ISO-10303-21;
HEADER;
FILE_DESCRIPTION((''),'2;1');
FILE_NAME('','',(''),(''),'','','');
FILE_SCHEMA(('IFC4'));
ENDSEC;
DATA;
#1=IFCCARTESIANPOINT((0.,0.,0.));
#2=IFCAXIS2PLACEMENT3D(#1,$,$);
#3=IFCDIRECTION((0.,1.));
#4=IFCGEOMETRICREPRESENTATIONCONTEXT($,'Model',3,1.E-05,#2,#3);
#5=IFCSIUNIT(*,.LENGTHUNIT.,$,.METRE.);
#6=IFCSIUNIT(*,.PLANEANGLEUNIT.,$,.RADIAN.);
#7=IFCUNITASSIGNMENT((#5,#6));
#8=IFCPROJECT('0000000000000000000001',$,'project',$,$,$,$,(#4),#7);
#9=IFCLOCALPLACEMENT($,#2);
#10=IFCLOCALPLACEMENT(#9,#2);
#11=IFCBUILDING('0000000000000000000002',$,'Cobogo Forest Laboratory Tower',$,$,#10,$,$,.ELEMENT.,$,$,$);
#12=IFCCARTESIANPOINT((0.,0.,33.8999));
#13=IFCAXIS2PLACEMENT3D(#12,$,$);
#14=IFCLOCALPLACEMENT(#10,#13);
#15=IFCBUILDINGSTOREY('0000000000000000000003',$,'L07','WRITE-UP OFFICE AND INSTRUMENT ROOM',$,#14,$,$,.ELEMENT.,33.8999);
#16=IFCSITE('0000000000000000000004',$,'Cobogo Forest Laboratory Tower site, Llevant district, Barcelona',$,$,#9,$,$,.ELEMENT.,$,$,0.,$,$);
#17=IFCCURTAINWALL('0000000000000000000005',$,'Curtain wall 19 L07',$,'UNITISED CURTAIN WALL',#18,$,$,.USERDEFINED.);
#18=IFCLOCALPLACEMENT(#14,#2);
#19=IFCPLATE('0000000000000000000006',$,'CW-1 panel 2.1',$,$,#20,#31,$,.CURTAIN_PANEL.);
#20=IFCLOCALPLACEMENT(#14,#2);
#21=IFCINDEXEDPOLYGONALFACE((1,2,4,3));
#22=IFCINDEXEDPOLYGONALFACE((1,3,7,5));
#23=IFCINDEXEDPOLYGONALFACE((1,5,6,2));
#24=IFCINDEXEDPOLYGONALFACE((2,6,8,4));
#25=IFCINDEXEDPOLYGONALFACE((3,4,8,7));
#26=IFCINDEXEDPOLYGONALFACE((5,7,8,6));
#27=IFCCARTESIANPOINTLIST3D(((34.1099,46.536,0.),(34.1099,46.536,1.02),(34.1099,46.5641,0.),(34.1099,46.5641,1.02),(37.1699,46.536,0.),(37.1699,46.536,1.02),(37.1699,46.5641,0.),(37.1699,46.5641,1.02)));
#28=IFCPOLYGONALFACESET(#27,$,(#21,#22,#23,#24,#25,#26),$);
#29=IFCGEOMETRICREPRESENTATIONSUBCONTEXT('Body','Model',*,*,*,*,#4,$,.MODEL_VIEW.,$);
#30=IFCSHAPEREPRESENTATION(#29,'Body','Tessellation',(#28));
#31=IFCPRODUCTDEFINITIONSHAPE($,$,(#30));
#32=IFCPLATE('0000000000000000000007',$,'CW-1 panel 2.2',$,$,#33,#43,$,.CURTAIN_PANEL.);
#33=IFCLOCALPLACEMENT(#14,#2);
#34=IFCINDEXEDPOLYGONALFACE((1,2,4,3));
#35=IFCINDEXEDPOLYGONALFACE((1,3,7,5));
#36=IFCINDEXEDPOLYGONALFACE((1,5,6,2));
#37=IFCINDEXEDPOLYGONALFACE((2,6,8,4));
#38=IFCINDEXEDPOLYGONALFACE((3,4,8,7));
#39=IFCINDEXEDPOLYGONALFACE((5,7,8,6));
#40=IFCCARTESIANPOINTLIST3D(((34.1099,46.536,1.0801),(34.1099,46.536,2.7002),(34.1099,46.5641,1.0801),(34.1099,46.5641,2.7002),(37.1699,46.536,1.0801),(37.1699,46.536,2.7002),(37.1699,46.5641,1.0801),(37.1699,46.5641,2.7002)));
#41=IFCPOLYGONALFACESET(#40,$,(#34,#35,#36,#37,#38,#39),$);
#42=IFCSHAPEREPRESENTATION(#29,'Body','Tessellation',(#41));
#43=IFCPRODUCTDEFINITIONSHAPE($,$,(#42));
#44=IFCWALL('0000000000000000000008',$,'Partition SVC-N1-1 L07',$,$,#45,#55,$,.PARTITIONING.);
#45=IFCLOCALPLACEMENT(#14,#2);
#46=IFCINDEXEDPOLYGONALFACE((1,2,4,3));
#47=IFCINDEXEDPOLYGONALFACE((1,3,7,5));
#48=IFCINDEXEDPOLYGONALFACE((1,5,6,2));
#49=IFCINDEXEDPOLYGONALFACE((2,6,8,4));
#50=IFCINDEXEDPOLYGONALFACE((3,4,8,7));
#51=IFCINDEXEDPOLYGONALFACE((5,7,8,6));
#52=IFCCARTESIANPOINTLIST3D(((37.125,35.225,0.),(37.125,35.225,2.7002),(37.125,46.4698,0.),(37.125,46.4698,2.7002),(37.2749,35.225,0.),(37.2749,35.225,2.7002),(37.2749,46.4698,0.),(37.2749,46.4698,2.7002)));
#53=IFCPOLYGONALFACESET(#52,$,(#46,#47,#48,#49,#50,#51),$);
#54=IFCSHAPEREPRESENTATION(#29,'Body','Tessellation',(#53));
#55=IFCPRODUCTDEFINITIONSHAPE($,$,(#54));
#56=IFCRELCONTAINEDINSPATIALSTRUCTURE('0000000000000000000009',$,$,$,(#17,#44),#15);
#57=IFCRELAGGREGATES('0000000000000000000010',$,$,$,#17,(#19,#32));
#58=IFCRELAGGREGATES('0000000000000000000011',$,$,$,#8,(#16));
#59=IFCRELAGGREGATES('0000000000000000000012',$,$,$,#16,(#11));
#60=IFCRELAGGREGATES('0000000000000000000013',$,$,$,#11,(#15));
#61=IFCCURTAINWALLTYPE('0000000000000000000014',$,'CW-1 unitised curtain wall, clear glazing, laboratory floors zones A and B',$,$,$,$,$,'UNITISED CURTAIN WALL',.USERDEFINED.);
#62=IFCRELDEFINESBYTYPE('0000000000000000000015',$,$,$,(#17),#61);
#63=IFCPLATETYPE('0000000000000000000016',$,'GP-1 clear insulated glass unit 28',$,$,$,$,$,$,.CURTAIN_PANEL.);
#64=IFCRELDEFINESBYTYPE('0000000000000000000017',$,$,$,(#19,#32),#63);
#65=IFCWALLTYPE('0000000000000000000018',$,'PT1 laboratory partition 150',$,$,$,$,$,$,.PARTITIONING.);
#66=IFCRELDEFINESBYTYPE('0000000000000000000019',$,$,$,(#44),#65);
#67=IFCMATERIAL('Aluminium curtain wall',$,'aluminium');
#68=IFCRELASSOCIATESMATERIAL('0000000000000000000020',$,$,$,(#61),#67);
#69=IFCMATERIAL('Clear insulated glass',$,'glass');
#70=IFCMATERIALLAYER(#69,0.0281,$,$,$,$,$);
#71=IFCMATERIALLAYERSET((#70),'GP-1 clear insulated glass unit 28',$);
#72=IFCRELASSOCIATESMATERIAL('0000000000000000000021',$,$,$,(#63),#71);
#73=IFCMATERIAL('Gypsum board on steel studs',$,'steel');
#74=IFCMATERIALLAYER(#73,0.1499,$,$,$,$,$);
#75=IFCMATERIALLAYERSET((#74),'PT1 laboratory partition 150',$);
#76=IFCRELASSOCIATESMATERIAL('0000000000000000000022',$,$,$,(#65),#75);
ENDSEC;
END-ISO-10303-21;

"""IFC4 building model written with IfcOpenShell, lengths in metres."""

from ifc_helpers import new_model, si_unit, direction, frame, frame_2d, origin, origin_2d, place, context, subcontext, project, spatial, rectangle, extrude, material, layer, layer_set, type_object, element, aggregate, save


model = new_model("IFC4")

# Units and contexts
model_context = context("Model", 3, precision=1e-05, world=origin(), true_north=direction((0.0, 1.0)))
body_context = subcontext(model_context, "Body", "Model", "MODEL_VIEW")
ifc_project = project(units=[si_unit("LENGTHUNIT", "METRE"), si_unit("PLANEANGLEUNIT", "RADIAN")], contexts=[model_context])

# Site, building, storey
site_placement = place(None, origin())
site = spatial("IfcSite", under=ifc_project, at=site_placement, Name="Cobogo Forest Laboratory Tower site, Llevant district, Barcelona", CompositionType="ELEMENT", RefElevation=0.0)
building_placement = place(site_placement, origin())
building = spatial("IfcBuilding", under=site, at=building_placement, Name="Cobogo Forest Laboratory Tower", CompositionType="ELEMENT")
storey_placement = place(building_placement, frame((0.0, 0.0, 33.8999)))
storey = spatial("IfcBuildingStorey", under=building, at=storey_placement, Name="L07", Description="WRITE-UP OFFICE AND INSTRUMENT ROOM", CompositionType="ELEMENT", Elevation=33.8999)

# Shared definitions
ifc_material_1 = material(Name="Aluminium curtain wall", Category="aluminium")
curtain_wall_type = type_object("IfcCurtainWallType", Name="CW-1 unitised curtain wall, clear glazing, laboratory floors zones A and B", ElementType="UNITISED CURTAIN WALL", PredefinedType="USERDEFINED", material=ifc_material_1)

# Curtain wall
curtain_wall_1_placement = place(storey_placement, origin())
curtain_wall_1 = element("IfcCurtainWall", 1, at=curtain_wall_1_placement, inside=storey, type_object=curtain_wall_type, Name="Curtain wall 19 L07", ObjectType="UNITISED CURTAIN WALL", PredefinedType="USERDEFINED")

# Plates
ifc_material_2 = material(Name="Clear insulated glass", Category="glass")
ifc_layer_1 = layer(ifc_material_2, 0.0281)
ifc_layer_set_1 = layer_set([ifc_layer_1], Name="GP-1 clear insulated glass unit 28")
plate_type_1 = type_object("IfcPlateType", Name="GP-1 clear insulated glass unit 28", PredefinedType="CURTAIN_PANEL", material=ifc_layer_set_1)
plate_1_placement = place(storey_placement, frame((35.6399, 46.55, 0.0), z_axis=(0.0, 0.0, 1.0), x_axis=(-1.0, 0.0, 0.0)))
plate_1 = element("IfcPlate", 2, at=plate_1_placement, type_object=plate_type_1, Name="CW-1 panel 2.1", PredefinedType="CURTAIN_PANEL", context=body_context, shape_type="SweptSolid", body=[
    extrude(rectangle(XDim=3.0601, YDim=0.0281, at=origin_2d()), origin(), (0.0, 0.0, 1.0), 1.02),
])
plate_2_placement = place(storey_placement, frame((35.6399, 46.55, 1.0801), z_axis=(0.0, 0.0, 1.0), x_axis=(-1.0, 0.0, 0.0)))
plate_2 = element("IfcPlate", 3, at=plate_2_placement, type_object=plate_type_1, Name="CW-1 panel 2.2", PredefinedType="CURTAIN_PANEL", context=body_context, shape_type="SweptSolid", body=[
    extrude(rectangle(XDim=3.0601, YDim=0.0281, at=origin_2d()), origin(), (0.0, 0.0, 1.0), 1.6201),
])
aggregate(curtain_wall_1, [plate_1, plate_2])

# Wall
ifc_material_3 = material(Name="Gypsum board on steel studs", Category="steel")
ifc_layer_2 = layer(ifc_material_3, 0.1499)
ifc_layer_set_2 = layer_set([ifc_layer_2], Name="PT1 laboratory partition 150")
wall_type = type_object("IfcWallType", Name="PT1 laboratory partition 150", PredefinedType="PARTITIONING", material=ifc_layer_set_2)
wall_placement = place(storey_placement, frame((37.2, 46.47, 0.0), z_axis=(0.0, 0.0, 1.0), x_axis=(0.0, -1.0, 0.0)))
element("IfcWall", 4, at=wall_placement, inside=storey, type_object=wall_type, Name="Partition SVC-N1-1 L07", PredefinedType="PARTITIONING", context=body_context, shape_type="SweptSolid", body=[
    extrude(rectangle(XDim=11.2449, YDim=0.1499, at=frame_2d((5.6226, 0.0))), origin(), (0.0, 0.0, 1.0), 2.7002),
])

save(model, "model.ifc")
